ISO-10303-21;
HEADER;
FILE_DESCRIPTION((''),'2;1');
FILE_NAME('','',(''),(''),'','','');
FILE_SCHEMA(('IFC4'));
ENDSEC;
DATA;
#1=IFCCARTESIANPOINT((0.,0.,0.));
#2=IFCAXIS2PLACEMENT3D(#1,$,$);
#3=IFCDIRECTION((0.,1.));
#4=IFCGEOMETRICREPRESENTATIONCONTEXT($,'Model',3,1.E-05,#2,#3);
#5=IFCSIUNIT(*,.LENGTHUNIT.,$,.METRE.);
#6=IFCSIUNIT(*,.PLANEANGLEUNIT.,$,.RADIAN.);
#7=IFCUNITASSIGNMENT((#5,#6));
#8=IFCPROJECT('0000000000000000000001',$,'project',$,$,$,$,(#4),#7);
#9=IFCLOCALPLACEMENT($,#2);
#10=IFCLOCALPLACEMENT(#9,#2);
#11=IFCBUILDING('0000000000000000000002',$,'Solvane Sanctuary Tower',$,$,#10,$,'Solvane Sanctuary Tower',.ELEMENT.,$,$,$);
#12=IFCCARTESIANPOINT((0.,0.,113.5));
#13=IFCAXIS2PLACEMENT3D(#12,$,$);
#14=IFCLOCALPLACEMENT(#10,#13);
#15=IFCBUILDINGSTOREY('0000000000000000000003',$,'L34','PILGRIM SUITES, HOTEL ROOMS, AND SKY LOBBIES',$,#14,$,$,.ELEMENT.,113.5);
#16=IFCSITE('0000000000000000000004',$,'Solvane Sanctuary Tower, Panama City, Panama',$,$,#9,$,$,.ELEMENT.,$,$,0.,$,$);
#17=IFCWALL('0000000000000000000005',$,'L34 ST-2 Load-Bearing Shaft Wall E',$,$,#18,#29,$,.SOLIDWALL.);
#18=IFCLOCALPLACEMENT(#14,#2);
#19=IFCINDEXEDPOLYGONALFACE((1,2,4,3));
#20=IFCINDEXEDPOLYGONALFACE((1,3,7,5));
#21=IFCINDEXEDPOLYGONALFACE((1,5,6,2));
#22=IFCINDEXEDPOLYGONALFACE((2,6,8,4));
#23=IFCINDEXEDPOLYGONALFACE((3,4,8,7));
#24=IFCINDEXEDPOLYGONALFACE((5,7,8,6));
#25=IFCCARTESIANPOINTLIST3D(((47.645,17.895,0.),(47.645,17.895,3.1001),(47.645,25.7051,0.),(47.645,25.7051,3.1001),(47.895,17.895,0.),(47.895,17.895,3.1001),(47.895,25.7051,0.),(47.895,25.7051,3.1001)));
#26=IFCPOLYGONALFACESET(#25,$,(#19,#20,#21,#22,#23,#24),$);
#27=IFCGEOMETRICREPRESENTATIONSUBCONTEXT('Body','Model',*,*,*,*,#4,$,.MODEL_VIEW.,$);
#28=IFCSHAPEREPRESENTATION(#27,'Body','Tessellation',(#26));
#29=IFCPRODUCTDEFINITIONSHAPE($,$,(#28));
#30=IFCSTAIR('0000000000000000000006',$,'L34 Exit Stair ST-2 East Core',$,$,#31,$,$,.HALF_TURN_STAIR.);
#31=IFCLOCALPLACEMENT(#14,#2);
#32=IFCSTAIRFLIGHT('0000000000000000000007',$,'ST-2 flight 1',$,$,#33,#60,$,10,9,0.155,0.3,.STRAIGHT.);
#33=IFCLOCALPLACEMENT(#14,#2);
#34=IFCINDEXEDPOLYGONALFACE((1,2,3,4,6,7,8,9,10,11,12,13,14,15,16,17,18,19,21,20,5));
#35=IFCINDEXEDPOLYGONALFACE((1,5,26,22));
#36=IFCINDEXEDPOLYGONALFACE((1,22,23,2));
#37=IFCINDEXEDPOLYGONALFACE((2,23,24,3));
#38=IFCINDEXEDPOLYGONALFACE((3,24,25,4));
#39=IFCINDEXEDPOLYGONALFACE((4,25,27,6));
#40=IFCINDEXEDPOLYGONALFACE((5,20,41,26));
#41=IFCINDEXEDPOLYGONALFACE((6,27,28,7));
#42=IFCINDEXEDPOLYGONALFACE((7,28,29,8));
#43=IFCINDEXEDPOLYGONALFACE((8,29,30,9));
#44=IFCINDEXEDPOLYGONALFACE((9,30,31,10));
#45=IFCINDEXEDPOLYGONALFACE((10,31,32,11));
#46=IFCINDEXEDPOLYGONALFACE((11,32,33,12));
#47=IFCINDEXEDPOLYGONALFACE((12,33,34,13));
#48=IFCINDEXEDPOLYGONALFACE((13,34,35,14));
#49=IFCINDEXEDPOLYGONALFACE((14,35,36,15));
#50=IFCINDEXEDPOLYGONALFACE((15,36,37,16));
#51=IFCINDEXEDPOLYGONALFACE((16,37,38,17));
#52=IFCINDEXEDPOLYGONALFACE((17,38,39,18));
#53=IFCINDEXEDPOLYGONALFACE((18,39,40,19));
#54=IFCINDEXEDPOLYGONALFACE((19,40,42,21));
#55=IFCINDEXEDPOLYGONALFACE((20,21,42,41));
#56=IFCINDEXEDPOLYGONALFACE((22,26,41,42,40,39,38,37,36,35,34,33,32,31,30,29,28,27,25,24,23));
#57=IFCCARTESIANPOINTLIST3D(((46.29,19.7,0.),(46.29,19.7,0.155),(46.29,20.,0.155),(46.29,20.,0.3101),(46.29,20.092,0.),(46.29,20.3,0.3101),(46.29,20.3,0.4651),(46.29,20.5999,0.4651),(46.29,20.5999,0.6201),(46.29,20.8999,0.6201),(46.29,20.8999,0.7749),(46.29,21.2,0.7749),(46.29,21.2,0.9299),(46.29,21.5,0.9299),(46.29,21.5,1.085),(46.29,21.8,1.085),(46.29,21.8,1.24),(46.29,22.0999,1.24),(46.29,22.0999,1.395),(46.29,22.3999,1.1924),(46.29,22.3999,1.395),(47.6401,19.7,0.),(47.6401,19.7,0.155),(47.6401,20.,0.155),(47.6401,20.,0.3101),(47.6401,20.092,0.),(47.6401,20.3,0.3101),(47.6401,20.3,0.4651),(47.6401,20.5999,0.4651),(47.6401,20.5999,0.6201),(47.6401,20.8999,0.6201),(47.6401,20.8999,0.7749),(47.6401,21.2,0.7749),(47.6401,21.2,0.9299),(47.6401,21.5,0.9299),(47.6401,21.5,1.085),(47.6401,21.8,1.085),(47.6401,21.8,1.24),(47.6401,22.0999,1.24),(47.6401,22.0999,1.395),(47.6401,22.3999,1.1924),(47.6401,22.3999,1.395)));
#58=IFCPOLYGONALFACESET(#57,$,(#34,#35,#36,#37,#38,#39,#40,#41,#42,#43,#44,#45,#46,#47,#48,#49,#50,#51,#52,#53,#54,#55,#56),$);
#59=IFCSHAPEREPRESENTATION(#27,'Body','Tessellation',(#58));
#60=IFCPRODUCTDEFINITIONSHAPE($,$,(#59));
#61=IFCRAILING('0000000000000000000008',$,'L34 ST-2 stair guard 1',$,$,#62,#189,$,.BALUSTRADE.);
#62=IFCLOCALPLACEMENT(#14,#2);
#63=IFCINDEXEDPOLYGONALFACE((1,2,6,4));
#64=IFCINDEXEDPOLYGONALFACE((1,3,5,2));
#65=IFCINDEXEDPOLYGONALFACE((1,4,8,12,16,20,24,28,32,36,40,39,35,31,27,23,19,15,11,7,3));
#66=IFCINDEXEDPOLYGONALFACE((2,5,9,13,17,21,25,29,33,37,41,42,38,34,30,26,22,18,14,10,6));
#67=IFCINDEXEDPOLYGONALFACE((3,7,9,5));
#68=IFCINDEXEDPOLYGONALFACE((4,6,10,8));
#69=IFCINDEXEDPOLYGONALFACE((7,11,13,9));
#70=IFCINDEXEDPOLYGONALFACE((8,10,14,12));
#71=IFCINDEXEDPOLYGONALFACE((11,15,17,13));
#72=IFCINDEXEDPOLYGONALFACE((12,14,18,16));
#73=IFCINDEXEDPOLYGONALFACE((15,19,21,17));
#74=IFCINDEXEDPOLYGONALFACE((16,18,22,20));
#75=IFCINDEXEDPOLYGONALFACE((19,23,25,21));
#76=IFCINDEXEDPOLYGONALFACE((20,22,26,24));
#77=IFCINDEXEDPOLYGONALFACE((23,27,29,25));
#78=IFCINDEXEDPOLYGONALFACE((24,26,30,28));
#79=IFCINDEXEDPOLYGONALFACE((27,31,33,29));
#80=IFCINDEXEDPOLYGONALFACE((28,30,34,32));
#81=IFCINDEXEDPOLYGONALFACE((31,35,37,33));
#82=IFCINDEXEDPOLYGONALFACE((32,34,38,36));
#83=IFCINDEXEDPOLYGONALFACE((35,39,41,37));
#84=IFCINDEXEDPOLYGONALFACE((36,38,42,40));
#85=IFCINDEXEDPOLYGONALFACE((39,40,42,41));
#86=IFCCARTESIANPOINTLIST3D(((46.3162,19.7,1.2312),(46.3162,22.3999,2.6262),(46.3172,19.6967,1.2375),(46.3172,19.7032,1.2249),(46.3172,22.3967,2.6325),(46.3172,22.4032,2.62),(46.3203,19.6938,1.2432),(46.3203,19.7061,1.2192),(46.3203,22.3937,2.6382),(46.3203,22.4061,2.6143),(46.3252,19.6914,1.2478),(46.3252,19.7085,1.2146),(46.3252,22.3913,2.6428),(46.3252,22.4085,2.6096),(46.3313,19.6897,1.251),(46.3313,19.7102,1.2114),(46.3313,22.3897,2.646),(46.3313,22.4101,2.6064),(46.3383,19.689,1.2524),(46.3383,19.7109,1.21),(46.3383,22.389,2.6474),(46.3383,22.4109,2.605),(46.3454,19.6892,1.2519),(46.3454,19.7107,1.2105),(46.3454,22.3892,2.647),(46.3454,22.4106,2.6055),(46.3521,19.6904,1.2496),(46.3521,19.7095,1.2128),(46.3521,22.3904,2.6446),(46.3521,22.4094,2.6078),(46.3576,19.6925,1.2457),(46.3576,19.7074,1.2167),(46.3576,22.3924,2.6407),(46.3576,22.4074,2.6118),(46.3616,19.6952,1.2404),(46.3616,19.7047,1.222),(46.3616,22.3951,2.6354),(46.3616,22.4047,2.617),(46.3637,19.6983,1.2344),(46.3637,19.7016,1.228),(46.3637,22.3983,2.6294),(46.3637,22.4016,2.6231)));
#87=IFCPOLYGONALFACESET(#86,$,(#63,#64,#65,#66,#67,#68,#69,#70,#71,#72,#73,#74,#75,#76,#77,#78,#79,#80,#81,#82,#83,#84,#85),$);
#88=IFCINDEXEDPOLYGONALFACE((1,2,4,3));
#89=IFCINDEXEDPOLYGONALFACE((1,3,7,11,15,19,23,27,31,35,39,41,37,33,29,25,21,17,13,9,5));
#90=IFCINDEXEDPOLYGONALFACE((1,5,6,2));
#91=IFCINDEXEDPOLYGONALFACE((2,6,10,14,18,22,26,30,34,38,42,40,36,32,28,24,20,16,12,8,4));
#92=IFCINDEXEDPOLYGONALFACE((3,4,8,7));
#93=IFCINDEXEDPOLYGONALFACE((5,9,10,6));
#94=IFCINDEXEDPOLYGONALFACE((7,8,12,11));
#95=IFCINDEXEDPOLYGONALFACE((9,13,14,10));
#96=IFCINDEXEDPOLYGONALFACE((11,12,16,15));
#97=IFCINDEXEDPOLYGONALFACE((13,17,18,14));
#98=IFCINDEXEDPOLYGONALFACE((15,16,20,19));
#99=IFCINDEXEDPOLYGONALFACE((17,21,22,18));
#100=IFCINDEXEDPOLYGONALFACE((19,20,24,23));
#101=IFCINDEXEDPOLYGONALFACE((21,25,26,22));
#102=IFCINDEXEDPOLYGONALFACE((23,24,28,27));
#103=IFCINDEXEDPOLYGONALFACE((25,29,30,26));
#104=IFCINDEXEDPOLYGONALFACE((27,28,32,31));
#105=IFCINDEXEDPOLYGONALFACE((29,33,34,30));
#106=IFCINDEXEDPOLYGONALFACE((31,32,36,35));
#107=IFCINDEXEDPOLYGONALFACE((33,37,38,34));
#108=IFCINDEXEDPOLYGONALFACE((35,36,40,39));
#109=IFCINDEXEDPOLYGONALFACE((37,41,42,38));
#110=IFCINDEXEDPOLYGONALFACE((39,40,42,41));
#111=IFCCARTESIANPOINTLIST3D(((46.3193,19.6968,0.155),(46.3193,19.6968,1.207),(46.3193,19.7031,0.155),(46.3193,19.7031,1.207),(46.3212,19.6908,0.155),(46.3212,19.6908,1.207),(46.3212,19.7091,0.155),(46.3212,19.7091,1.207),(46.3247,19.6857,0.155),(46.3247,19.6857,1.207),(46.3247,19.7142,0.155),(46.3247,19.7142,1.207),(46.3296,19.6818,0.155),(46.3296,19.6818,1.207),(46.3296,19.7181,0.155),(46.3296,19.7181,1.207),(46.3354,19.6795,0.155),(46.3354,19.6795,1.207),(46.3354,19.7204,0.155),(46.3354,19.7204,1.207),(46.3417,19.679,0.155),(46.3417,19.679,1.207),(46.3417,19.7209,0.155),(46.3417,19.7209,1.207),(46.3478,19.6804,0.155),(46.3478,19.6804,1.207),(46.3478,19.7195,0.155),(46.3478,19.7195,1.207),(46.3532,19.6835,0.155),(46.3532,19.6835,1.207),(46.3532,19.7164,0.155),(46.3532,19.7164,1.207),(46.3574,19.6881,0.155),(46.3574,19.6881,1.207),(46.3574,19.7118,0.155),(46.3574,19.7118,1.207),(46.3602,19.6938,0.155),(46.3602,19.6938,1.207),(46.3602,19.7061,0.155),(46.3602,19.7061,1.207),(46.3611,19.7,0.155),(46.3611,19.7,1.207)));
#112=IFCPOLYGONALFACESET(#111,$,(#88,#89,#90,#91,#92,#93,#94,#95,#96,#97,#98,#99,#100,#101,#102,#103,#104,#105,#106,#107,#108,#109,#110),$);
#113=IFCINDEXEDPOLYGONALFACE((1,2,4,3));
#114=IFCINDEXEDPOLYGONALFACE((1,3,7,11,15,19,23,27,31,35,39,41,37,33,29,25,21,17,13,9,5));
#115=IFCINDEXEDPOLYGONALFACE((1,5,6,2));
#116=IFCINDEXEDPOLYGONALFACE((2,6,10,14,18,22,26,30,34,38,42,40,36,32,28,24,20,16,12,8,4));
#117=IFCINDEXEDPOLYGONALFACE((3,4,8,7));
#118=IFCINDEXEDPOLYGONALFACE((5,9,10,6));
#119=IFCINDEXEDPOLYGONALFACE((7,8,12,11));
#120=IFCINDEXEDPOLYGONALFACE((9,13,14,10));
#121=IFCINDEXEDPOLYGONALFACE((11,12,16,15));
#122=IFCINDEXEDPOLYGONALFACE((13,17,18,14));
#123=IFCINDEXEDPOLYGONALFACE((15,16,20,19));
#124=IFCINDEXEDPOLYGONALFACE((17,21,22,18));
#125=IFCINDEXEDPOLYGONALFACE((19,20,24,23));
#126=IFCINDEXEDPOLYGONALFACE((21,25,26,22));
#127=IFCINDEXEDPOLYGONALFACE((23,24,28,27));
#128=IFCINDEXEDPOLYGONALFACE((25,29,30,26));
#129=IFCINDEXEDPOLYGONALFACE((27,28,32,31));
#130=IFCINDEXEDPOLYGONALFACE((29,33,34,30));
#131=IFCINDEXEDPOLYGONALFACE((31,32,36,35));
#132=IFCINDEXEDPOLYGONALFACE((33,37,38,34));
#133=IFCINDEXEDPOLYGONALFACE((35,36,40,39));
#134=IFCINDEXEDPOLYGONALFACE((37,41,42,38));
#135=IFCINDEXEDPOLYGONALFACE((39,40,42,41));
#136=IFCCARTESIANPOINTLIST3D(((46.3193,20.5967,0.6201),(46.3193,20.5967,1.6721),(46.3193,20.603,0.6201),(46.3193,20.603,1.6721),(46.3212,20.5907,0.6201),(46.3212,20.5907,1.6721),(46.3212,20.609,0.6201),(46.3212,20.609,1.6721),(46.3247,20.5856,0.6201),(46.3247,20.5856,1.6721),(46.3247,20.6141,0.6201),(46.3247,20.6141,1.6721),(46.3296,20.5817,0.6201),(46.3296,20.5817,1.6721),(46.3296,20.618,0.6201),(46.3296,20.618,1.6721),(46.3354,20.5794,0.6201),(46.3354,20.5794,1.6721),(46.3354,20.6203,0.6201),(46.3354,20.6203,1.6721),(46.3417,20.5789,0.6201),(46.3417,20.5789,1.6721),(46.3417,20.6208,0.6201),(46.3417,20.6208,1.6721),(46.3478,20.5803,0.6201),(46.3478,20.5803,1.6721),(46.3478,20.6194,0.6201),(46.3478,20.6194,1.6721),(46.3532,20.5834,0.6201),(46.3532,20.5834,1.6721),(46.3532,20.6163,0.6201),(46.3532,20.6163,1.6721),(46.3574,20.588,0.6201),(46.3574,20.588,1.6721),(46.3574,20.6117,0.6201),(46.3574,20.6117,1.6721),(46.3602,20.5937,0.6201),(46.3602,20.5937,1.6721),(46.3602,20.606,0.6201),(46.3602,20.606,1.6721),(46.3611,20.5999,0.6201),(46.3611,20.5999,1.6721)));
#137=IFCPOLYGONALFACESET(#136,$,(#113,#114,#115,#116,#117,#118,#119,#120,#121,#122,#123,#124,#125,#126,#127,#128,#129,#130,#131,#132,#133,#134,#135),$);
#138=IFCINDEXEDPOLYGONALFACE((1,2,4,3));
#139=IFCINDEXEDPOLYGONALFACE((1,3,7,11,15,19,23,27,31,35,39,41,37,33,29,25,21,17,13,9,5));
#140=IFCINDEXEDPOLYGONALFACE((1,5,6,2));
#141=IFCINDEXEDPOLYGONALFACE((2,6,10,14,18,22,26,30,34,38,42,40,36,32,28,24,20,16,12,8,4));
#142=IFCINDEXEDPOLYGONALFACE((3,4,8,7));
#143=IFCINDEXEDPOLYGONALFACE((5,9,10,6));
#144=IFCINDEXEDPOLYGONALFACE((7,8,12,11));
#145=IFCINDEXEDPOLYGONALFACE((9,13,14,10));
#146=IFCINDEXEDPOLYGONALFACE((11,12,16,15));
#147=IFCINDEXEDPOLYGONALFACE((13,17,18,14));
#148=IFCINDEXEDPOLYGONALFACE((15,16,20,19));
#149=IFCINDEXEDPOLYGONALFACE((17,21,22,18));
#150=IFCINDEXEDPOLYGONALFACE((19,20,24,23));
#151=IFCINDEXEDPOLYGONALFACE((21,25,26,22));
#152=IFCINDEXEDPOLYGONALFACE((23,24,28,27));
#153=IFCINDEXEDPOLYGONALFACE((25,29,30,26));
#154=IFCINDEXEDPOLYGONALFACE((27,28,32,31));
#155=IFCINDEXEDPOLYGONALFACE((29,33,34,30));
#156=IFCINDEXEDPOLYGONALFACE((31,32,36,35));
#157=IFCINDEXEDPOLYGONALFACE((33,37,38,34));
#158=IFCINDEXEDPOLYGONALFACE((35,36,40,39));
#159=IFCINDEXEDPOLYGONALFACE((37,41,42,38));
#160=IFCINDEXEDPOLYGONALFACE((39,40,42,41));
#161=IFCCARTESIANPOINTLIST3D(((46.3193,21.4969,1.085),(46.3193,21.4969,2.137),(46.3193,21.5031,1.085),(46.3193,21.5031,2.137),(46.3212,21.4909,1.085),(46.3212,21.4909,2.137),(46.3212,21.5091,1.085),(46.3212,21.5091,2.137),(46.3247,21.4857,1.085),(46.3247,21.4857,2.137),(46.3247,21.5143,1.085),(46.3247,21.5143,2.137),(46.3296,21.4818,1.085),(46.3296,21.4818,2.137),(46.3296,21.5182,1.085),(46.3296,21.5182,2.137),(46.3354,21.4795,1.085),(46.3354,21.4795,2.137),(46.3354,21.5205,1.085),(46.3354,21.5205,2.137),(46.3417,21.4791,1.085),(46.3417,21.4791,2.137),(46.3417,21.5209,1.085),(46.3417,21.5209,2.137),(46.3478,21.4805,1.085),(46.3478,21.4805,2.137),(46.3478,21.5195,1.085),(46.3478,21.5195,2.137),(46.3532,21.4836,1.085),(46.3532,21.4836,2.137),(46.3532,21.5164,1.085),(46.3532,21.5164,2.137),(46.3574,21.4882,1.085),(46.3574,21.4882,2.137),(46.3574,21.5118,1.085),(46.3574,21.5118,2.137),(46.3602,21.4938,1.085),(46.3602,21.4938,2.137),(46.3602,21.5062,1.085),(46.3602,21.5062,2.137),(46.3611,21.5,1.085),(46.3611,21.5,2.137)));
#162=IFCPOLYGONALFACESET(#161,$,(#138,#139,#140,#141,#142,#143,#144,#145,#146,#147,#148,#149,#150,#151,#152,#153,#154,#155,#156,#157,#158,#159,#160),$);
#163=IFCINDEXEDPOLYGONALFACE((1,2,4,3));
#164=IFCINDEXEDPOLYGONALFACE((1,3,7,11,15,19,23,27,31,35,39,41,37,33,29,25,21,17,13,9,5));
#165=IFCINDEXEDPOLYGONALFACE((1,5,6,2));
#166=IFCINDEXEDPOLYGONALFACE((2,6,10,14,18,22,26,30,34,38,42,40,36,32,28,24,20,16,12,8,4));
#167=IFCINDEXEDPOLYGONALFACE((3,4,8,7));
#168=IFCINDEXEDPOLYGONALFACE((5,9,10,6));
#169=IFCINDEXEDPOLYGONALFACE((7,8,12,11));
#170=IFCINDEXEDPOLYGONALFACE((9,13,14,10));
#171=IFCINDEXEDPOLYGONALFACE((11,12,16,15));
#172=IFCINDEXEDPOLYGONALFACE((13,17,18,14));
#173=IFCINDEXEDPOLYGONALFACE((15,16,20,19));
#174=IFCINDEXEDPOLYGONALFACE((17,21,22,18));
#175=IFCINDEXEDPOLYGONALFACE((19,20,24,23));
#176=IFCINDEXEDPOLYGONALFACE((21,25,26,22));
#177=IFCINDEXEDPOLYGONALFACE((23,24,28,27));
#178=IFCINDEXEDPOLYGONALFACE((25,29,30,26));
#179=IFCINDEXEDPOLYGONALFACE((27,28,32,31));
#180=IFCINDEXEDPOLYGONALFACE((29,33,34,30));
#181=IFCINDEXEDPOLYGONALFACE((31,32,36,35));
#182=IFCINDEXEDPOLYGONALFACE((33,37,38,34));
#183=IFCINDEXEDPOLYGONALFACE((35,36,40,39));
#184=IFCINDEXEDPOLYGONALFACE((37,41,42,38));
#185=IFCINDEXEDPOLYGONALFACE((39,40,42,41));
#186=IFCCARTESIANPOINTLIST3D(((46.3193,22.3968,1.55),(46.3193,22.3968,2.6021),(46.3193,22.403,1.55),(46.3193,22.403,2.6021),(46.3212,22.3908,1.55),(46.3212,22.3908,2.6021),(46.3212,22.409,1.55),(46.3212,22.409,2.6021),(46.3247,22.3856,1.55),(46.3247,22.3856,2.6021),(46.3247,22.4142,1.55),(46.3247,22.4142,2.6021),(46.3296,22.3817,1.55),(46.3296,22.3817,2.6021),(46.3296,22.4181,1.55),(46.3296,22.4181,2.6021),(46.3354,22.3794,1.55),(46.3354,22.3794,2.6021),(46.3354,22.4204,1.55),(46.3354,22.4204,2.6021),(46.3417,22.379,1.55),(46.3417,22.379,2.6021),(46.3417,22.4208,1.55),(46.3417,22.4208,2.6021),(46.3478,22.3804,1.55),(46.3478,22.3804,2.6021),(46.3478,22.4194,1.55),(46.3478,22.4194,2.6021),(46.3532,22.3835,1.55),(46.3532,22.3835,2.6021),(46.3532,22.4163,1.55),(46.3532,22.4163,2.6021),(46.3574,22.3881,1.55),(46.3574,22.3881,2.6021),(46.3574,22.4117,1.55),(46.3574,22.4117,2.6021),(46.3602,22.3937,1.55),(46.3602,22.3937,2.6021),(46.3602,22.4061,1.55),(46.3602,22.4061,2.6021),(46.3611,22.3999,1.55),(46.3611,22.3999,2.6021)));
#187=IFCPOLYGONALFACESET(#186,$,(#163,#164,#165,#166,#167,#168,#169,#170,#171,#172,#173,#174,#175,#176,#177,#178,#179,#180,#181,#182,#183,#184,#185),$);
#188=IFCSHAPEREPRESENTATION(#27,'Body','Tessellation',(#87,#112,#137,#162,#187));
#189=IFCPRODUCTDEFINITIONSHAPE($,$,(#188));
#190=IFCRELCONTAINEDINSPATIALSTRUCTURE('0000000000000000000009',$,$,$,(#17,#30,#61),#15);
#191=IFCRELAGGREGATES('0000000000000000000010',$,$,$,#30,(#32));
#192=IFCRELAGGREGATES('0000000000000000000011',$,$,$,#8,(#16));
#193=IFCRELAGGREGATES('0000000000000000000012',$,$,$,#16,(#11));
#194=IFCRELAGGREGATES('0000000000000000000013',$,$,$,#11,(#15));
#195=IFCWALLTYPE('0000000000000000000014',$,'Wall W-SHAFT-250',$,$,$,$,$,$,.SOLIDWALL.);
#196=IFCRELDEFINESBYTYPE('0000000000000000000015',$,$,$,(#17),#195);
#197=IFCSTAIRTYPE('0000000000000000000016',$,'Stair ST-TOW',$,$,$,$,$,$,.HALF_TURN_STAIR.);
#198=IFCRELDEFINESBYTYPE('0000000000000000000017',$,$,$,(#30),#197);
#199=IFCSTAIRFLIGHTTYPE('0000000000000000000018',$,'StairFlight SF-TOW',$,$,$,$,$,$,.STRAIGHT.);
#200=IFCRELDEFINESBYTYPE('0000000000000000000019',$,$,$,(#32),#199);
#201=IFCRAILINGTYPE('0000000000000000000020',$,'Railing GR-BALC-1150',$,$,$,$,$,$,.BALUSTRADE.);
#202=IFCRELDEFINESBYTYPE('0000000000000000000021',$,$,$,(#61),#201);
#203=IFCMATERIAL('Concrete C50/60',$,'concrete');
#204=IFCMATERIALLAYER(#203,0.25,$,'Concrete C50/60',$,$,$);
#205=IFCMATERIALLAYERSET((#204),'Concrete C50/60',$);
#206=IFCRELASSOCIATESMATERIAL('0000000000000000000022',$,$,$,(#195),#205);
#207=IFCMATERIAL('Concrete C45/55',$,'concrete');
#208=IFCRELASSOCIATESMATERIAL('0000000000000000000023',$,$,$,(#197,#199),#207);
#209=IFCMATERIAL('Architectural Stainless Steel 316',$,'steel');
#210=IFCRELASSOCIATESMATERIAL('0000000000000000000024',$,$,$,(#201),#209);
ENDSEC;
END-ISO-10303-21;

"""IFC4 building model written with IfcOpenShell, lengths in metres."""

from ifc_helpers import new_model, si_unit, direction, frame, frame_2d, origin, origin_2d, place, context, subcontext, project, spatial, polyline, rectangle, circle, outline, extrude, material, layer, layer_set, type_object, element, aggregate, save


model = new_model("IFC4")

# Units and contexts
model_context = context("Model", 3, precision=1e-05, world=origin(), true_north=direction((0.0, 1.0)))
body_context = subcontext(model_context, "Body", "Model", "MODEL_VIEW")
ifc_project = project(units=[si_unit("LENGTHUNIT", "METRE"), si_unit("PLANEANGLEUNIT", "RADIAN")], contexts=[model_context])

# Site, building, storey
site_placement = place(None, origin())
site = spatial("IfcSite", under=ifc_project, at=site_placement, Name="Solvane Sanctuary Tower, Panama City, Panama", CompositionType="ELEMENT", RefElevation=0.0)
building_placement = place(site_placement, origin())
building = spatial("IfcBuilding", under=site, at=building_placement, Name="Solvane Sanctuary Tower", LongName="Solvane Sanctuary Tower", CompositionType="ELEMENT")
storey_placement = place(building_placement, frame((0.0, 0.0, 113.5)))
storey = spatial("IfcBuildingStorey", under=building, at=storey_placement, Name="L34", Description="PILGRIM SUITES, HOTEL ROOMS, AND SKY LOBBIES", CompositionType="ELEMENT", Elevation=113.5)

# Wall
ifc_material_1 = material(Name="Concrete C50/60", Category="concrete")
ifc_layer_1 = layer(ifc_material_1, 0.25, Name="Concrete C50/60")
ifc_layer_set_1 = layer_set([ifc_layer_1], Name="Concrete C50/60")
wall_type_1 = type_object("IfcWallType", Name="Wall W-SHAFT-250", PredefinedType="SOLIDWALL", material=ifc_layer_set_1)
wall_1_placement = place(storey_placement, frame((47.77, 17.895, 0.0), z_axis=(0.0, 0.0, 1.0), x_axis=(0.0, 1.0, 0.0)))
element("IfcWall", 1, at=wall_1_placement, inside=storey, type_object=wall_type_1, Name="L34 ST-2 Load-Bearing Shaft Wall E", PredefinedType="SOLIDWALL", context=body_context, shape_type="SweptSolid", body=[
    extrude(rectangle(XDim=7.8101, YDim=0.25, at=frame_2d((3.905, 0.0))), origin(), (0.0, 0.0, 1.0), 3.1001),
])

# Stair, stair flight
ifc_material_2 = material(Name="Concrete C45/55", Category="concrete")
stair_type = type_object("IfcStairType", Name="Stair ST-TOW", PredefinedType="HALF_TURN_STAIR", material=ifc_material_2)
stair_placement = place(storey_placement, origin())
stair = element("IfcStair", 2, at=stair_placement, inside=storey, type_object=stair_type, Name="L34 Exit Stair ST-2 East Core", PredefinedType="HALF_TURN_STAIR")
stair_flight_type = type_object("IfcStairFlightType", Name="StairFlight SF-TOW", PredefinedType="STRAIGHT", material=ifc_material_2)
stair_flight_placement = place(storey_placement, frame((46.9651, 19.7, 0.0), z_axis=(0.0, 0.0, 1.0), x_axis=(0.0, 1.0, 0.0)))
stair_flight = element("IfcStairFlight", 3, at=stair_flight_placement, type_object=stair_flight_type, Name="ST-2 flight 1", NumberOfRisers=10, NumberOfTreads=9, PredefinedType="STRAIGHT", RiserHeight=0.155, TreadLength=0.3, context=body_context, shape_type="SweptSolid", body=[
    extrude(outline(polyline([(0.0, 0.0), (0.0, 0.155), (0.3, 0.155), (0.3, 0.3101), (0.6001, 0.3101), (0.6001, 0.4651), (0.8999, 0.4651), (0.8999, 0.6201), (1.2, 0.6201), (1.2, 0.7749), (1.5, 0.7749), (1.5, 0.9299), (1.8, 0.9299), (1.8, 1.085), (2.1001, 1.085), (2.1001, 1.24), (2.3999, 1.24), (2.3999, 1.395), (2.7, 1.395), (2.7, 1.55), (2.7, 1.1924), (0.3921, 0.0), (0.0, 0.0)])), frame((0.0, 0.675, 0.0), z_axis=(0.0, -1.0, 0.0), x_axis=(1.0, 0.0, 0.0)), (0.0, 0.0, 1.0), 1.3501),
])
aggregate(stair, [stair_flight])

# Railing
ifc_material_3 = material(Name="Architectural Stainless Steel 316", Category="steel")
railing_type_1 = type_object("IfcRailingType", Name="Railing GR-BALC-1150", PredefinedType="BALUSTRADE", material=ifc_material_3)
railing_1_placement = place(storey_placement, frame((46.3401, 19.7, 0.155)))
element("IfcRailing", 4, at=railing_1_placement, inside=storey, type_object=railing_type_1, Name="L34 ST-2 stair guard 1", PredefinedType="BALUSTRADE", context=body_context, shape_type="SweptSolid", body=[
    extrude(circle(Radius=0.0239, at=origin_2d()), frame((0.0, 0.0, 1.0762), z_axis=(0.0, 0.88842, 0.459032), x_axis=(-1.0, 0.0, 0.0)), (0.0, 0.0, 1.0), 3.0391),
    extrude(circle(Radius=0.021, at=origin_2d()), origin(), (0.0, 0.0, 1.0), 1.052),
    extrude(circle(Radius=0.021, at=origin_2d()), frame((0.0, 0.8999, 0.4651)), (0.0, 0.0, 1.0), 1.052),
    extrude(circle(Radius=0.021, at=origin_2d()), frame((0.0, 1.8, 0.9299)), (0.0, 0.0, 1.0), 1.052),
    extrude(circle(Radius=0.021, at=origin_2d()), frame((0.0, 2.7, 1.395)), (0.0, 0.0, 1.0), 1.052),
])

save(model, "model.ifc")
